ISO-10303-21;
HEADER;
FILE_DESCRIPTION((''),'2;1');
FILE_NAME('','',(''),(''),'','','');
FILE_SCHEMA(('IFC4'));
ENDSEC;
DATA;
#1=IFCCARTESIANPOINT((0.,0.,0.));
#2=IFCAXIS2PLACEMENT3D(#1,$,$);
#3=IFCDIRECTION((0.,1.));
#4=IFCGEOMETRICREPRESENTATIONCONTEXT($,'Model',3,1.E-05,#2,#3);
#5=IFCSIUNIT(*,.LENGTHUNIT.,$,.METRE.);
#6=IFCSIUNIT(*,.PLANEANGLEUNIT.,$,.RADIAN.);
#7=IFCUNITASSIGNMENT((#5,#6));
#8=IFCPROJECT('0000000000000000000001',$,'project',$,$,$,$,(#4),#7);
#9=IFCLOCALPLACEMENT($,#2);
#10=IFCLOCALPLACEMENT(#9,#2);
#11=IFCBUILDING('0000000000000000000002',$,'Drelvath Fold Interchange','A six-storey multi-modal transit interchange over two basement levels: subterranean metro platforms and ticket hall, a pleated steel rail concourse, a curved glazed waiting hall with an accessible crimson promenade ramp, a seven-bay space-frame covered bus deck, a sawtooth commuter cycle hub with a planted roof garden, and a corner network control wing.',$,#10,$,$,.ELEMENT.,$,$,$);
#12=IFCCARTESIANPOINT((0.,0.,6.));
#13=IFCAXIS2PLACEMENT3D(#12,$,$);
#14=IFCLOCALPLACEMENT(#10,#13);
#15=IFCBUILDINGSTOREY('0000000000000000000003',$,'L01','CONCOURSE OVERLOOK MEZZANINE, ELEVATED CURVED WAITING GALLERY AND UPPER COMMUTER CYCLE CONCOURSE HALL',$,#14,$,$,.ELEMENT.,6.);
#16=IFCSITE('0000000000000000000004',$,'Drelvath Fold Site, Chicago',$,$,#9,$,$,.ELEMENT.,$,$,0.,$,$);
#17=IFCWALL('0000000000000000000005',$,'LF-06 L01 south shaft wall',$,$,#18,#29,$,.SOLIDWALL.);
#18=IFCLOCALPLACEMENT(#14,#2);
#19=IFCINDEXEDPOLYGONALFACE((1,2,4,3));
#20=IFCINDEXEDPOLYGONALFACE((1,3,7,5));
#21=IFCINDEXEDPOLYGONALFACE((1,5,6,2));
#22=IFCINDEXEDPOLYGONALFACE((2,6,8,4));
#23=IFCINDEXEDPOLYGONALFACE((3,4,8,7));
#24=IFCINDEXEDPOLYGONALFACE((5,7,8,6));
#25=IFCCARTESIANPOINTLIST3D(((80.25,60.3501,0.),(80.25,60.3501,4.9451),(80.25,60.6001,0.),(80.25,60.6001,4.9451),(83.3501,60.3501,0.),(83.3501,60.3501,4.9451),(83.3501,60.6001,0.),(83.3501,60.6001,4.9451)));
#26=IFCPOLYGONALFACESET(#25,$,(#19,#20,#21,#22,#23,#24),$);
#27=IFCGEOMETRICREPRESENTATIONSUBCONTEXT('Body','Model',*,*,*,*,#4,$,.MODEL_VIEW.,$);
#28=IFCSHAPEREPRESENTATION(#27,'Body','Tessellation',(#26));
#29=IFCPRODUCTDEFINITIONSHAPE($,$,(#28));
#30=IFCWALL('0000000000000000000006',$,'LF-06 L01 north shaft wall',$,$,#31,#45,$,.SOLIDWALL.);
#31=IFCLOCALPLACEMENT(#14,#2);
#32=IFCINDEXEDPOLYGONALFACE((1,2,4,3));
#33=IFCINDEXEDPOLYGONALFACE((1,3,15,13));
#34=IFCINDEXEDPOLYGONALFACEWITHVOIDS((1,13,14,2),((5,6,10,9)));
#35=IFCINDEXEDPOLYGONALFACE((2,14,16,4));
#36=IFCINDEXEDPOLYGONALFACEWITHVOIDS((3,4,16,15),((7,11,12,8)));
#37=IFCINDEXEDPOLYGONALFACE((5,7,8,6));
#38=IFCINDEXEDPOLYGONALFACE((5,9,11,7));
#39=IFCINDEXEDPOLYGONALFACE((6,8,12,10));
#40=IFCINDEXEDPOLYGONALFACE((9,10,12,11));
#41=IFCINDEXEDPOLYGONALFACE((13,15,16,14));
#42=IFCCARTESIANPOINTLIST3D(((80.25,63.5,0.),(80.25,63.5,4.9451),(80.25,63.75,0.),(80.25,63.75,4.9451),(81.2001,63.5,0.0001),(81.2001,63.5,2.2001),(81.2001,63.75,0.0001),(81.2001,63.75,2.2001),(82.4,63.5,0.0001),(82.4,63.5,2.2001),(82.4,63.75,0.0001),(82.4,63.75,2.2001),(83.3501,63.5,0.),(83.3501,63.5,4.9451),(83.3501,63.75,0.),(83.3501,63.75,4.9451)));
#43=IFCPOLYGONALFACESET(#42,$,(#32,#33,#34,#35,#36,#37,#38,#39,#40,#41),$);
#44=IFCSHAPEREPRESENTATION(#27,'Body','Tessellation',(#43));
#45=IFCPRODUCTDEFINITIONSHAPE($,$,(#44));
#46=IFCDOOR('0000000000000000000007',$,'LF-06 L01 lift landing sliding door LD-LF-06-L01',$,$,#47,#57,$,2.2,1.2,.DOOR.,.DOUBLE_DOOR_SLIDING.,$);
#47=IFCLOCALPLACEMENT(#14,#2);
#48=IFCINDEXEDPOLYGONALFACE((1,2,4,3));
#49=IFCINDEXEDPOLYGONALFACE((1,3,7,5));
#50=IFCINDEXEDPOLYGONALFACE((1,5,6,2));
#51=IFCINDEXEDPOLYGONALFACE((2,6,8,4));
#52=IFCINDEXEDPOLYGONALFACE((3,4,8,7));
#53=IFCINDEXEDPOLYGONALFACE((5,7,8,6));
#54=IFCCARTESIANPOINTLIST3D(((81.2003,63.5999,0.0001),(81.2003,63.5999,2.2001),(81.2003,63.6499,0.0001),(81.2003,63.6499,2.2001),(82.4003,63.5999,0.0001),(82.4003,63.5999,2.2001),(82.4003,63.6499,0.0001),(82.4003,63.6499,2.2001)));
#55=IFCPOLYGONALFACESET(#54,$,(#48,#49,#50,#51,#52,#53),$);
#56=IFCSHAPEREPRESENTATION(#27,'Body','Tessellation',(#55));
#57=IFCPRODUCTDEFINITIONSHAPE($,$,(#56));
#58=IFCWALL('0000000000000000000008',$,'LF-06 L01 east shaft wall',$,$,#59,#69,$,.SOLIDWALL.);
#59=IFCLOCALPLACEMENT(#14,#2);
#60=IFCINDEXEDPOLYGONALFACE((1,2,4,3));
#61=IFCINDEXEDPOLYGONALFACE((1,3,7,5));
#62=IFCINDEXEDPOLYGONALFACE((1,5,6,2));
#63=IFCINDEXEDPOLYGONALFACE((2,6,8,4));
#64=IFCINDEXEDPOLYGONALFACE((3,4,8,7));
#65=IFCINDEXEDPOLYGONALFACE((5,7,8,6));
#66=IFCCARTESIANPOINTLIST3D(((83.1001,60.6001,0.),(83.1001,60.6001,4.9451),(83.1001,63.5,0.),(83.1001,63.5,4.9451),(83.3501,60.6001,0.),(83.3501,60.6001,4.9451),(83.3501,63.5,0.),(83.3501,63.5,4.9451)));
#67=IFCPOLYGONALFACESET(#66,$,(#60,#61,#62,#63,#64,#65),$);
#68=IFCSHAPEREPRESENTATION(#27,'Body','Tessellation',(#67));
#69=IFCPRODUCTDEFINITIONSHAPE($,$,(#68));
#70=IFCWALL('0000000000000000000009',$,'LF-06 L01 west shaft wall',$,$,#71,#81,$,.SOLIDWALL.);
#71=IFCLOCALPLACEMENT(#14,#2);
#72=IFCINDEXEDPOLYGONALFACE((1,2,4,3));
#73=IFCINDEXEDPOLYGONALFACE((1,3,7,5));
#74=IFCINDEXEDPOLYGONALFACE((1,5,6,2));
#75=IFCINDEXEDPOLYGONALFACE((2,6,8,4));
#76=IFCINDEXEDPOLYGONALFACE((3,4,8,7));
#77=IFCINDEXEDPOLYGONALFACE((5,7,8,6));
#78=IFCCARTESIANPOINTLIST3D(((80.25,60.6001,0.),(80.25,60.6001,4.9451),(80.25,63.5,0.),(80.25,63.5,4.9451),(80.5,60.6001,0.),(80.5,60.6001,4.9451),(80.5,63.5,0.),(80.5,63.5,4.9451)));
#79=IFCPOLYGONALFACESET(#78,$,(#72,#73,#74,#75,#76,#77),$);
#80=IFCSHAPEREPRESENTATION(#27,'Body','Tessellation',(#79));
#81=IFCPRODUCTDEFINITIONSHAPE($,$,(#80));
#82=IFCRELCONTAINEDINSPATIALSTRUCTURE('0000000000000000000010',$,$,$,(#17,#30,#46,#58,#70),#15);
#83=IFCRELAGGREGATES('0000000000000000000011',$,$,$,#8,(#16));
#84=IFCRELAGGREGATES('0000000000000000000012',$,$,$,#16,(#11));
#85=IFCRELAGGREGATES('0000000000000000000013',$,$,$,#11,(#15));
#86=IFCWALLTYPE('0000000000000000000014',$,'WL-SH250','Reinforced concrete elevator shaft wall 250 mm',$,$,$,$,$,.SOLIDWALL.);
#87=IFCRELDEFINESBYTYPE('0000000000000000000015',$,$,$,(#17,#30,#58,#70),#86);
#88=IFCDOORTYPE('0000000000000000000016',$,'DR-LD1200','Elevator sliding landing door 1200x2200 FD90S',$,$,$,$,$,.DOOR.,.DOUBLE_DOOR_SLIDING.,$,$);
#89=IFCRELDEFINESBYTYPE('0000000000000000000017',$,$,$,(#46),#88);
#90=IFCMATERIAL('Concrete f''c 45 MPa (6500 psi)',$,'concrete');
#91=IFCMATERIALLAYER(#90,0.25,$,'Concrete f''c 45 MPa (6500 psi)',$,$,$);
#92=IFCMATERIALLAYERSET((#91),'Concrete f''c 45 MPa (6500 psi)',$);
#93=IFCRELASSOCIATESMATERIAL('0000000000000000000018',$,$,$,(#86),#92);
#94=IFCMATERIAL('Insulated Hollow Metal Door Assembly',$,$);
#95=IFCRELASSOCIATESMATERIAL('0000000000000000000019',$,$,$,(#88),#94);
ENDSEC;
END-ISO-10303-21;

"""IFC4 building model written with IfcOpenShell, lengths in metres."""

from ifc_helpers import new_model, si_unit, direction, frame, frame_2d, origin, place, context, subcontext, project, spatial, rectangle, extrude, material, layer, layer_set, type_object, element, fill, save


model = new_model("IFC4")

# Units and contexts
model_context = context("Model", 3, precision=1e-05, world=origin(), true_north=direction((0.0, 1.0)))
body_context = subcontext(model_context, "Body", "Model", "MODEL_VIEW")
ifc_project = project(units=[si_unit("LENGTHUNIT", "METRE"), si_unit("PLANEANGLEUNIT", "RADIAN")], contexts=[model_context])

# Site, building, storey
site_placement = place(None, origin())
site = spatial("IfcSite", under=ifc_project, at=site_placement, Name="Drelvath Fold Site, Chicago", CompositionType="ELEMENT", RefElevation=0.0)
building_placement = place(site_placement, origin())
building = spatial("IfcBuilding", under=site, at=building_placement, Name="Drelvath Fold Interchange", Description="A six-storey multi-modal transit interchange over two basement levels: subterranean metro platforms and ticket hall, a pleated steel rail concourse, a curved glazed waiting hall with an accessible crimson promenade ramp, a seven-bay space-frame covered bus deck, a sawtooth commuter cycle hub with a planted roof garden, and a corner network control wing.", CompositionType="ELEMENT")
storey_placement = place(building_placement, frame((0.0, 0.0, 6.0)))
storey = spatial("IfcBuildingStorey", under=building, at=storey_placement, Name="L01", Description="CONCOURSE OVERLOOK MEZZANINE, ELEVATED CURVED WAITING GALLERY AND UPPER COMMUTER CYCLE CONCOURSE HALL", CompositionType="ELEMENT", Elevation=6.0)

# Shared definitions
ifc_material_1 = material(Name="Concrete f'c 45 MPa (6500 psi)", Category="concrete")
ifc_layer_1 = layer(ifc_material_1, 0.25, Name="Concrete f'c 45 MPa (6500 psi)")
ifc_layer_set_1 = layer_set([ifc_layer_1], Name="Concrete f'c 45 MPa (6500 psi)")
wall_type = type_object("IfcWallType", Name="WL-SH250", Description="Reinforced concrete elevator shaft wall 250 mm", PredefinedType="SOLIDWALL", material=ifc_layer_set_1)

# Shared definitions
ifc_material_2 = material(Name="Insulated Hollow Metal Door Assembly")
door_type = type_object("IfcDoorType", Name="DR-LD1200", Description="Elevator sliding landing door 1200x2200 FD90S", OperationType="DOUBLE_DOOR_SLIDING", PredefinedType="DOOR", material=ifc_material_2)

# Wall
wall_1_placement = place(storey_placement, frame((80.25, 60.4751, 0.0), z_axis=(0.0, 0.0, 1.0), x_axis=(1.0, 0.0, 0.0)))
element("IfcWall", 1, at=wall_1_placement, inside=storey, type_object=wall_type, Name="LF-06 L01 south shaft wall", PredefinedType="SOLIDWALL", context=body_context, shape_type="SweptSolid", body=[
    extrude(rectangle(XDim=3.1001, YDim=0.25, at=frame_2d((1.55, 0.0))), origin(), (0.0, 0.0, 1.0), 4.9451),
])

# Wall, opening, door
wall_2_placement = place(storey_placement, frame((83.3501, 63.625, 0.0), z_axis=(0.0, 0.0, 1.0), x_axis=(-1.0, 0.0, 0.0)))
wall_2 = element("IfcWall", 2, at=wall_2_placement, inside=storey, type_object=wall_type, Name="LF-06 L01 north shaft wall", PredefinedType="SOLIDWALL", context=body_context, shape_type="SweptSolid", body=[
    extrude(rectangle(XDim=3.1001, YDim=0.25, at=frame_2d((1.55, 0.0))), origin(), (0.0, 0.0, 1.0), 4.9451),
])
opening_1_placement = place(wall_2_placement, frame((0.95, 0.0, 0.0)))
opening_1 = element("IfcOpeningElement", 3, at=opening_1_placement, cuts=wall_2, PredefinedType="OPENING", context=body_context, shape_type="SweptSolid", body=[
    extrude(rectangle(XDim=1.2, YDim=2.2, at=frame_2d((0.6001, 1.1001))), frame((0.0, 0.135, 0.0), z_axis=(0.0, -1.0, 0.0), x_axis=(1.0, 0.0, 0.0)), (0.0, 0.0, 1.0), 0.27),
])
door_1_placement = place(opening_1_placement, frame((1.2, 0.0, 0.0), z_axis=(0.0, 0.0, 1.0), x_axis=(-1.0, 0.0, 0.0)))
door_1 = element("IfcDoor", 4, at=door_1_placement, inside=storey, type_object=door_type, Name="LF-06 L01 lift landing sliding door LD-LF-06-L01", OperationType="DOUBLE_DOOR_SLIDING", OverallHeight=2.2, OverallWidth=1.2, PredefinedType="DOOR", context=body_context, shape_type="SweptSolid", body=[
    extrude(rectangle(XDim=1.2, YDim=2.2, at=frame_2d((0.6001, 1.1001))), frame((0.0, 0.0249, 0.0), z_axis=(0.0, -1.0, 0.0), x_axis=(1.0, 0.0, 0.0)), (0.0, 0.0, 1.0), 0.05),
])
fill(opening_1, door_1)

# Walls
for number, where, z_axis, x_axis, name in (
    (5, (83.2251, 60.6001, 0.0), (0.0, 0.0, 1.0), (0.0, 1.0, 0.0), "LF-06 L01 east shaft wall"),
    (6, (80.375, 63.5, 0.0), (0.0, 0.0, 1.0), (0.0, -1.0, 0.0), "LF-06 L01 west shaft wall"),
):
    element("IfcWall", number, at=place(storey_placement, frame(where, z_axis=z_axis, x_axis=x_axis)), inside=storey, type_object=wall_type, Name=name, PredefinedType="SOLIDWALL", context=body_context, shape_type="SweptSolid", body=[
        extrude(rectangle(XDim=2.8999, YDim=0.25, at=frame_2d((1.45, 0.0))), origin(), (0.0, 0.0, 1.0), 4.9451),
    ])

save(model, "model.ifc")
